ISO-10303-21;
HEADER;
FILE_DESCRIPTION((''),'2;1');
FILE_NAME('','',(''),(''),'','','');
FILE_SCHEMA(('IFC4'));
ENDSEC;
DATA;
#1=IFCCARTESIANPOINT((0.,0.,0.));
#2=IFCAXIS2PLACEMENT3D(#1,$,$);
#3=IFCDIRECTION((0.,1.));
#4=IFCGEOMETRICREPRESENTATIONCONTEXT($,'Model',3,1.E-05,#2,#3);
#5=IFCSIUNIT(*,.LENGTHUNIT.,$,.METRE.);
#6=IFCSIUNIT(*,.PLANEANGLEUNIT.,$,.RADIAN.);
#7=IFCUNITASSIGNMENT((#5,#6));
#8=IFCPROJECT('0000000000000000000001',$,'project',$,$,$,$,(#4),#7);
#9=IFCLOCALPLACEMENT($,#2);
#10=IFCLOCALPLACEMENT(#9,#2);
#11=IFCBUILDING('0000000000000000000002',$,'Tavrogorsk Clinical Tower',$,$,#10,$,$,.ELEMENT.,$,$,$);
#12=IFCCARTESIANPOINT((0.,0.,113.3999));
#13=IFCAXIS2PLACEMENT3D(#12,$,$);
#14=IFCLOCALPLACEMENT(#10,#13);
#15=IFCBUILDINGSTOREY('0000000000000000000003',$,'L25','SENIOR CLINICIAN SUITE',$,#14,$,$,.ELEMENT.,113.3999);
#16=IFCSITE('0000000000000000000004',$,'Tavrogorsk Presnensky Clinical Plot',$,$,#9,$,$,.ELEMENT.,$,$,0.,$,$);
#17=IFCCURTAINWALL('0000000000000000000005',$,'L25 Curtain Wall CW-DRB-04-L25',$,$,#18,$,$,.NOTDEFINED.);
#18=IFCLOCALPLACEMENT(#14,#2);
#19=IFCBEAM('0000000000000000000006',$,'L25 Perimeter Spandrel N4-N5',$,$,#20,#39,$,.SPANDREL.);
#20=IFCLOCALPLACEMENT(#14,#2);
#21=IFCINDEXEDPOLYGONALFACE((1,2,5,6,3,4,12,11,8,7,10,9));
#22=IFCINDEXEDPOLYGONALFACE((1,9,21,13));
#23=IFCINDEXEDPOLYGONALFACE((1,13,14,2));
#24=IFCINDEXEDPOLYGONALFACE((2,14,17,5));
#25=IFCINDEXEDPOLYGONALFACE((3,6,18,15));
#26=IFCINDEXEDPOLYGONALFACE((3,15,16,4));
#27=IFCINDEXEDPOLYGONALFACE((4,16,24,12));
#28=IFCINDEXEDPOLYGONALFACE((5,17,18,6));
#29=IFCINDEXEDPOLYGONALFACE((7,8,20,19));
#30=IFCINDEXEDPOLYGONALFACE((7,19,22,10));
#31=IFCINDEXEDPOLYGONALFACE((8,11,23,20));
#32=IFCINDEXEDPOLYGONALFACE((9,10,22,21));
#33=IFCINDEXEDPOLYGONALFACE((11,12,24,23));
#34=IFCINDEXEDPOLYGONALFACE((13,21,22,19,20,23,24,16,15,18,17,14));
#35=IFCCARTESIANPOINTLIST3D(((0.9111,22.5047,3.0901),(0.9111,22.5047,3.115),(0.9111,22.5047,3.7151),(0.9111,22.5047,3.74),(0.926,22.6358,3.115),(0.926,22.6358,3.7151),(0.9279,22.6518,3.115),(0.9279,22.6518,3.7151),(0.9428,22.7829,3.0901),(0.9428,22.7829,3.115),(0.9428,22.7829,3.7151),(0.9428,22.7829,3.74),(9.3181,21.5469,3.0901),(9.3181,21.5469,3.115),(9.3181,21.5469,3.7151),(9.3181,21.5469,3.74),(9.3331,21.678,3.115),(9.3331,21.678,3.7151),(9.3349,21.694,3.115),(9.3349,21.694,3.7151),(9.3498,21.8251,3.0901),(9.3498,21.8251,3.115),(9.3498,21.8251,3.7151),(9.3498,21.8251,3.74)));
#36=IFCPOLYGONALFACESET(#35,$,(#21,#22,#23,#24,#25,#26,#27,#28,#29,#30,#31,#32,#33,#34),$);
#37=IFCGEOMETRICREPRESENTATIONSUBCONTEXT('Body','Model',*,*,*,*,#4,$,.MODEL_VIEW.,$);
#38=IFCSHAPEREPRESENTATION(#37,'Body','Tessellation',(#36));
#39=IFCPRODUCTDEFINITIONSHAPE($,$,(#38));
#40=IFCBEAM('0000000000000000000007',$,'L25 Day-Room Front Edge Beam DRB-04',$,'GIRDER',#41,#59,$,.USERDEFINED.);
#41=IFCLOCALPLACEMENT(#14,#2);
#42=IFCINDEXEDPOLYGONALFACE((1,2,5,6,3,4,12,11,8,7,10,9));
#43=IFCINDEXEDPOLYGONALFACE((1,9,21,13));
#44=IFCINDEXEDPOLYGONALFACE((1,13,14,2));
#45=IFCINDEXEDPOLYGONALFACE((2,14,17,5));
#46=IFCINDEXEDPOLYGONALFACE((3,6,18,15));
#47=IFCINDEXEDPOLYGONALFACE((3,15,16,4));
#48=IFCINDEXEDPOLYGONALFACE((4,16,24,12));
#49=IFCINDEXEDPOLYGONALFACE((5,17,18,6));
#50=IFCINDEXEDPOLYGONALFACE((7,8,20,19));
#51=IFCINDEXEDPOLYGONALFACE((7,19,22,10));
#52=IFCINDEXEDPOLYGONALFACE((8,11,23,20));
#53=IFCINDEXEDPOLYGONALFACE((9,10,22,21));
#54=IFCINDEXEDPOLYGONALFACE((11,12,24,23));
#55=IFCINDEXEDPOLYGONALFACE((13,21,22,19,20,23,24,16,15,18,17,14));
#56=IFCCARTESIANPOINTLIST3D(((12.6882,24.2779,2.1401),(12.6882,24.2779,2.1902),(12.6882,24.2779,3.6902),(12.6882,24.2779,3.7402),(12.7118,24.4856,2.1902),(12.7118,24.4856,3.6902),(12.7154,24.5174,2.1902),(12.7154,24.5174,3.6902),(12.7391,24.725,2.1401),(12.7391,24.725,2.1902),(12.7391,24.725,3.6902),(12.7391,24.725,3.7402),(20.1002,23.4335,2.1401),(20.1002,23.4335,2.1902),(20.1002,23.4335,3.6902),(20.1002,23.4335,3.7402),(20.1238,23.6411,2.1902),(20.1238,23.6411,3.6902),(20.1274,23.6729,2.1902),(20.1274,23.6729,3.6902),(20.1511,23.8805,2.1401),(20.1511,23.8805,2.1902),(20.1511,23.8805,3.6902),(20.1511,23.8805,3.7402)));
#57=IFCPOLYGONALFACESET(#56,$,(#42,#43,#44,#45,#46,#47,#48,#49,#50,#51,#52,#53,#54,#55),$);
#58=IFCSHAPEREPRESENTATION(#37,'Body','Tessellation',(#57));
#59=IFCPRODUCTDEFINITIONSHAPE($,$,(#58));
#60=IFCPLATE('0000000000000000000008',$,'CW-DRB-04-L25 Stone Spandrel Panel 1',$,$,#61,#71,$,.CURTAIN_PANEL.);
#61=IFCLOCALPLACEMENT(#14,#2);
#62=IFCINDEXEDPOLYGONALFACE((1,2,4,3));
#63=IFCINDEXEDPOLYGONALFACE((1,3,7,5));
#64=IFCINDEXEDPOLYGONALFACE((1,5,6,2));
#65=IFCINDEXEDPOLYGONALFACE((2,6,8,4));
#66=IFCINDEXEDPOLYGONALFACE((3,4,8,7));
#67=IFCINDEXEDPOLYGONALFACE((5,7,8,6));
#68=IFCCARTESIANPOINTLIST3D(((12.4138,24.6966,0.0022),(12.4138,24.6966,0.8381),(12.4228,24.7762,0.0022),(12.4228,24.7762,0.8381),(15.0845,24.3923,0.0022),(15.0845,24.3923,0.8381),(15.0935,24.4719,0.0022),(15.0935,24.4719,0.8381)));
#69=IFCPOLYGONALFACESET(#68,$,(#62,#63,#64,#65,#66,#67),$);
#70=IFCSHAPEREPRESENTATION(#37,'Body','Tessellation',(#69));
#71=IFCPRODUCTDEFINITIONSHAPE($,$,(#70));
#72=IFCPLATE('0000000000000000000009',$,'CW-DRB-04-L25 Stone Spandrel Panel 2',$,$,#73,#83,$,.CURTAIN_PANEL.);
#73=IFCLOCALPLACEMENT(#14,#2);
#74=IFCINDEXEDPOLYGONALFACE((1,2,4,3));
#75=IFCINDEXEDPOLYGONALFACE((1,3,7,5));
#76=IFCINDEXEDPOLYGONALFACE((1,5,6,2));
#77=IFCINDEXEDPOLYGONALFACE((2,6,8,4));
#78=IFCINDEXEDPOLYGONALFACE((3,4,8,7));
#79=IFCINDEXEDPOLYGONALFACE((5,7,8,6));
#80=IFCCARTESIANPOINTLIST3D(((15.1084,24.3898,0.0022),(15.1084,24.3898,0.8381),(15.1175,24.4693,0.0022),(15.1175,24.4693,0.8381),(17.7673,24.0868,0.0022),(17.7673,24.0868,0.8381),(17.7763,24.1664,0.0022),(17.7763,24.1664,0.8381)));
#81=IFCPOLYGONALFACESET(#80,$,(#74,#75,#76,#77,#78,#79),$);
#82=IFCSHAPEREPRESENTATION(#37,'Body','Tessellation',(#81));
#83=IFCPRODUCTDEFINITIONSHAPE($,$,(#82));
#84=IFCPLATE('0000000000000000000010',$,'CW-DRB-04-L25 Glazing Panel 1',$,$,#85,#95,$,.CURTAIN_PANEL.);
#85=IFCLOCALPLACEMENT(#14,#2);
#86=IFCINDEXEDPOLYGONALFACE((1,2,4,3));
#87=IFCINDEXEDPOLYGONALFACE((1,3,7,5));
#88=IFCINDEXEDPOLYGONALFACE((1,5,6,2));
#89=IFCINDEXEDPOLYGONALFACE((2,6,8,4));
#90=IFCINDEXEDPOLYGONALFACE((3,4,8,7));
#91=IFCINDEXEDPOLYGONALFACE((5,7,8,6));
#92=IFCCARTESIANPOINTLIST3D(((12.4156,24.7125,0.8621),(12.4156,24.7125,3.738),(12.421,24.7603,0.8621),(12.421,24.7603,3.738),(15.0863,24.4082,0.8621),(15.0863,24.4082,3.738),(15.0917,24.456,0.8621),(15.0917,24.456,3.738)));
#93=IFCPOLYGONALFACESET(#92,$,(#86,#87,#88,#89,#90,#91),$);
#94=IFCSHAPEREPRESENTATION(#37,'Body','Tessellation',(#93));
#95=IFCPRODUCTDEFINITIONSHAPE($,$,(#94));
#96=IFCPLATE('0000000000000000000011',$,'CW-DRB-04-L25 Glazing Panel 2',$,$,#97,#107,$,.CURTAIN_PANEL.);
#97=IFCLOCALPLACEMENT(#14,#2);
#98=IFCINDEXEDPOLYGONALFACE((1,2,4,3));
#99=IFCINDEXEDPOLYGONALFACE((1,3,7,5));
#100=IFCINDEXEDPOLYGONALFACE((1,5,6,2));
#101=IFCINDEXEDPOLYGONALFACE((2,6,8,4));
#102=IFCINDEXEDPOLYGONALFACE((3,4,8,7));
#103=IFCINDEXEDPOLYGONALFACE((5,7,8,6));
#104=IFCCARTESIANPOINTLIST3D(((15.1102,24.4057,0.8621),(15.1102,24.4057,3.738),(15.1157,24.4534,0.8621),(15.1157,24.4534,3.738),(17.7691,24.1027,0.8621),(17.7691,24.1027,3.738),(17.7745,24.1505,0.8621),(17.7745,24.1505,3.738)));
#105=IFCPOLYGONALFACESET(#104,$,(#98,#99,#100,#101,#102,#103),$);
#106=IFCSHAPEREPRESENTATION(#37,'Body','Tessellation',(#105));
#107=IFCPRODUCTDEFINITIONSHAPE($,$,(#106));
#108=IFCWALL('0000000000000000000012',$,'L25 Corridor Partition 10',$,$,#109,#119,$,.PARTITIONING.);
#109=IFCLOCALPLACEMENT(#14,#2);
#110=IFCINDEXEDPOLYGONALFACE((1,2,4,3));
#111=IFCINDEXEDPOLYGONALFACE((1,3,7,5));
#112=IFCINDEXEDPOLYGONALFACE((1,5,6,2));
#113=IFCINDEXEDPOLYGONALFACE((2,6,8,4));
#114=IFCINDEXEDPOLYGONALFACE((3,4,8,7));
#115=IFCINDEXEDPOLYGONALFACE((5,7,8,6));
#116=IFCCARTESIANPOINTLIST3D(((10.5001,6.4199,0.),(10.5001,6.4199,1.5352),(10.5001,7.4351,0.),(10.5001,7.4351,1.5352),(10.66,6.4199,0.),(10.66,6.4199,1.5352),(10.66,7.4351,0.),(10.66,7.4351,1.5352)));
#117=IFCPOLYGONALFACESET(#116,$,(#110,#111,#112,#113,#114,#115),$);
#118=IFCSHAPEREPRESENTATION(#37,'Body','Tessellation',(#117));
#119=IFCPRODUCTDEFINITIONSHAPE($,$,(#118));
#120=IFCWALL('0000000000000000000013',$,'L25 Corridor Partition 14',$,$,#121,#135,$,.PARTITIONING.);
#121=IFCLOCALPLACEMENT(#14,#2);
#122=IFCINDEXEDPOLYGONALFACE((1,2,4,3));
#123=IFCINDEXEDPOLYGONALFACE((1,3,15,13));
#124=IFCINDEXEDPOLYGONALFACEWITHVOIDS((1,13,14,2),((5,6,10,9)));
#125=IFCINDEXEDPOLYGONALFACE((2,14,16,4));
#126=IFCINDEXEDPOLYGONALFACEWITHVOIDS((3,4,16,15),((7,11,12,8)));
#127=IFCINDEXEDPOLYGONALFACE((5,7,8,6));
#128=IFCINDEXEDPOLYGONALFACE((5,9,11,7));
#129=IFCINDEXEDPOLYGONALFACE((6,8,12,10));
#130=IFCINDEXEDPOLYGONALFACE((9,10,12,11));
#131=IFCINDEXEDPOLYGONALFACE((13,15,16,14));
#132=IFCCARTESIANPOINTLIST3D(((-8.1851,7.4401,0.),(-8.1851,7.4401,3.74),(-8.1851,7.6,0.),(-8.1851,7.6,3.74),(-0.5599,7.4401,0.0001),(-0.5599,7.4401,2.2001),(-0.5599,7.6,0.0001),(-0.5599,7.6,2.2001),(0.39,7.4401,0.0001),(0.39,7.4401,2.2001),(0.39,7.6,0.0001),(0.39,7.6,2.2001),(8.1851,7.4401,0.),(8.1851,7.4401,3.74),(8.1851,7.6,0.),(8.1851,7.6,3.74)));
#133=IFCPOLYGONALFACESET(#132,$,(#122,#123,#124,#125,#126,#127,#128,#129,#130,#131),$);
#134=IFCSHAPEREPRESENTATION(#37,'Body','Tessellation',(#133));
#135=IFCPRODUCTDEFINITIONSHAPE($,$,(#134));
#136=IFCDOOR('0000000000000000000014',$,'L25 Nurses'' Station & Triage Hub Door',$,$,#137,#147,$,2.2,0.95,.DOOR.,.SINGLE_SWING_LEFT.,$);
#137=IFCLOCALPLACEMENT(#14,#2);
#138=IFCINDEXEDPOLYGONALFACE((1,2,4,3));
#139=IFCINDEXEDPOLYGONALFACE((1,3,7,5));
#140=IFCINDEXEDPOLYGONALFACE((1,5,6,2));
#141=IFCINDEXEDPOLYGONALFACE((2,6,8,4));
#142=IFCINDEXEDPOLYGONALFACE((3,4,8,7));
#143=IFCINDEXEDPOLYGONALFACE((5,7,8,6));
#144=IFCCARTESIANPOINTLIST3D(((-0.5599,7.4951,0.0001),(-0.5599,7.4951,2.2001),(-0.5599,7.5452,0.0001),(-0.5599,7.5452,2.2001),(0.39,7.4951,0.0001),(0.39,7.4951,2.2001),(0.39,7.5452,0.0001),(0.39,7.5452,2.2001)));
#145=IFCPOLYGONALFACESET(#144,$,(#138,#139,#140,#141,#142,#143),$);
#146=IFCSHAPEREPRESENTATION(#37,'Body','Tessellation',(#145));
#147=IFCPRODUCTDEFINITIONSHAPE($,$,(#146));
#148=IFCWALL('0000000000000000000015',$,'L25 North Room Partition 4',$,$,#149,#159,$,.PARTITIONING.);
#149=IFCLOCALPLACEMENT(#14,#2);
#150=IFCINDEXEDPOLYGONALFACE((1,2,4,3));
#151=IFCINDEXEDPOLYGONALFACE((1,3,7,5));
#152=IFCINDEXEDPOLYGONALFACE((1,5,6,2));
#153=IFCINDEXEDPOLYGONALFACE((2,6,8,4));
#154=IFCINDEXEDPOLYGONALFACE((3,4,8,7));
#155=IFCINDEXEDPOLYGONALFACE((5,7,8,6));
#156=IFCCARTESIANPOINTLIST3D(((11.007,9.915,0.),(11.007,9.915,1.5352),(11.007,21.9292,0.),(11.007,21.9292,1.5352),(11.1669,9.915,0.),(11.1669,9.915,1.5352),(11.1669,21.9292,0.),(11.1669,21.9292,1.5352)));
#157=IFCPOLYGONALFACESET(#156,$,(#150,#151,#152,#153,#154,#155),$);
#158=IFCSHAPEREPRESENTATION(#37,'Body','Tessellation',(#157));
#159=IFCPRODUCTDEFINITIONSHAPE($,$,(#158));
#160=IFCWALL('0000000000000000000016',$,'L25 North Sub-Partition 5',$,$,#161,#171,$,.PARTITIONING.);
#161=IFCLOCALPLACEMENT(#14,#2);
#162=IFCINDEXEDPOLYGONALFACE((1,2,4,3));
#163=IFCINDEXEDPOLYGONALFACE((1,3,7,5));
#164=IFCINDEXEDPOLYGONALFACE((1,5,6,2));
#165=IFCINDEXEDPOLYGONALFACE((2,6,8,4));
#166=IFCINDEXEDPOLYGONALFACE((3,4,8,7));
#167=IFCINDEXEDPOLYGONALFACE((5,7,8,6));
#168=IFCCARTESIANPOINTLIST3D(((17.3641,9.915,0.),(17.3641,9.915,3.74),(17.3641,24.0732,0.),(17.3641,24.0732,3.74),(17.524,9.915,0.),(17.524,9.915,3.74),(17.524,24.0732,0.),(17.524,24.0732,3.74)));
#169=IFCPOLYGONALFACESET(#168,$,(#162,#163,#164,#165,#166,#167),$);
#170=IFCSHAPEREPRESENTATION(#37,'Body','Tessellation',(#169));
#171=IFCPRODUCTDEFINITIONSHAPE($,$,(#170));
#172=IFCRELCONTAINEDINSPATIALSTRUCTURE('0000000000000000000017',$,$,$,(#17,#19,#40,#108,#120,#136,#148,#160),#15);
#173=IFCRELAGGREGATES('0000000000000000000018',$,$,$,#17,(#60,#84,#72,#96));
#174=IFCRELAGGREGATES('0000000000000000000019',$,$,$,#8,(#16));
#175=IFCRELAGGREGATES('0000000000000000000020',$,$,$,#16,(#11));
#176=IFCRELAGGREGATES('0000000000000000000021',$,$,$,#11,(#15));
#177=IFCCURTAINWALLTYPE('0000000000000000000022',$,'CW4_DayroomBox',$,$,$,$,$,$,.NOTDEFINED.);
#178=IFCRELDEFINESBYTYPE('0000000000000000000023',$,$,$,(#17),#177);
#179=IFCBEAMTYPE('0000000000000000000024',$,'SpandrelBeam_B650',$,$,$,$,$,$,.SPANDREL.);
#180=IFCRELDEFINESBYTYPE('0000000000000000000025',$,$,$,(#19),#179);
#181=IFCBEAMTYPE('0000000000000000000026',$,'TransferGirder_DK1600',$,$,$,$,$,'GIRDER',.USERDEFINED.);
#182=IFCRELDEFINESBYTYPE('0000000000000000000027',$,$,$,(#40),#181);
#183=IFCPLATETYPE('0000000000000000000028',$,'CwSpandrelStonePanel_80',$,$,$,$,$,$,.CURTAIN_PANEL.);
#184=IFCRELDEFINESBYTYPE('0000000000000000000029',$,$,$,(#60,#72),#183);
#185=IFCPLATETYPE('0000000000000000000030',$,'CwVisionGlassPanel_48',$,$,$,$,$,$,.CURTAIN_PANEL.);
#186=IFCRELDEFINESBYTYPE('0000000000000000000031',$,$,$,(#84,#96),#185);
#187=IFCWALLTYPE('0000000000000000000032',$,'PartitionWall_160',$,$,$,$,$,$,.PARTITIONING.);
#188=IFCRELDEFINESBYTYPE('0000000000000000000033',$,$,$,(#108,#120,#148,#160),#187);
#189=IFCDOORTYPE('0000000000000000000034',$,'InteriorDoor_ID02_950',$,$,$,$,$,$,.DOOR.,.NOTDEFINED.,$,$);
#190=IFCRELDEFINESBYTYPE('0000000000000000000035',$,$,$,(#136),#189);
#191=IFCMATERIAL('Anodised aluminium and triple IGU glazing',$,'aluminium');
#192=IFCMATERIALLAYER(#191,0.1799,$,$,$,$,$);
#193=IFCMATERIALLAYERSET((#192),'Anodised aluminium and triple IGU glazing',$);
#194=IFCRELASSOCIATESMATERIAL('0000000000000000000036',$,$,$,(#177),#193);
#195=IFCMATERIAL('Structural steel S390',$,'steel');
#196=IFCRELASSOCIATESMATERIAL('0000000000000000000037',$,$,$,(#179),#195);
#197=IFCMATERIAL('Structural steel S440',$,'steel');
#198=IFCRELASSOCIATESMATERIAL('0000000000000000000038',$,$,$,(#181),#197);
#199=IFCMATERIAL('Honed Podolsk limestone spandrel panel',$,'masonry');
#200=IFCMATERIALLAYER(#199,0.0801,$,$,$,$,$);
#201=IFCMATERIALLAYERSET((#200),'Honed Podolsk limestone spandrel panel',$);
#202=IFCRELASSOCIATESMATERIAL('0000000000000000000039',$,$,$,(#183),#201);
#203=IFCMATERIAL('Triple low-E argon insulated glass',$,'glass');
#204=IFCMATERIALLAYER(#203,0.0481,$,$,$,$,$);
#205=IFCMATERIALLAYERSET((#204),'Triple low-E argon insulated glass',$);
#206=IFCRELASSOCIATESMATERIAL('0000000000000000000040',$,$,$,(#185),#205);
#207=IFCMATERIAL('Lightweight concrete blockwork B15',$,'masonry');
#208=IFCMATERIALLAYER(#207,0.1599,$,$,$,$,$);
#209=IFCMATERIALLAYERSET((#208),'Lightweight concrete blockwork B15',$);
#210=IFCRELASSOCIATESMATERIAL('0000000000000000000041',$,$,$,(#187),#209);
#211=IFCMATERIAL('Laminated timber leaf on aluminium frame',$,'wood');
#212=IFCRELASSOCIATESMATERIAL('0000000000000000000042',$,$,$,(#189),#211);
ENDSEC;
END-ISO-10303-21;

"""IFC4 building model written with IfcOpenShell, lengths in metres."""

from ifc_helpers import new_model, si_unit, direction, frame, frame_2d, origin, origin_2d, place, context, subcontext, project, spatial, rectangle, i_section, extrude, material, layer, layer_set, material_profile, profile_set, type_object, element, fill, aggregate, save


model = new_model("IFC4")

# Units and contexts
model_context = context("Model", 3, precision=1e-05, world=origin(), true_north=direction((0.0, 1.0)))
body_context = subcontext(model_context, "Body", "Model", "MODEL_VIEW")
ifc_project = project(units=[si_unit("LENGTHUNIT", "METRE"), si_unit("PLANEANGLEUNIT", "RADIAN")], contexts=[model_context])

# Site, building, storey
site_placement = place(None, origin())
site = spatial("IfcSite", under=ifc_project, at=site_placement, Name="Tavrogorsk Presnensky Clinical Plot", CompositionType="ELEMENT", RefElevation=0.0)
building_placement = place(site_placement, origin())
building = spatial("IfcBuilding", under=site, at=building_placement, Name="Tavrogorsk Clinical Tower", CompositionType="ELEMENT")
storey_placement = place(building_placement, frame((0.0, 0.0, 113.3999)))
storey = spatial("IfcBuildingStorey", under=building, at=storey_placement, Name="L25", Description="SENIOR CLINICIAN SUITE", CompositionType="ELEMENT", Elevation=113.3999)

# Curtain wall
ifc_material_1 = material(Name="Anodised aluminium and triple IGU glazing", Category="aluminium")
ifc_layer_1 = layer(ifc_material_1, 0.1799)
ifc_layer_set_1 = layer_set([ifc_layer_1], Name="Anodised aluminium and triple IGU glazing")
curtain_wall_type = type_object("IfcCurtainWallType", Name="CW4_DayroomBox", PredefinedType="NOTDEFINED", material=ifc_layer_set_1)
curtain_wall_placement = place(storey_placement, origin())
curtain_wall = element("IfcCurtainWall", 1, at=curtain_wall_placement, inside=storey, type_object=curtain_wall_type, Name="L25 Curtain Wall CW-DRB-04-L25", PredefinedType="NOTDEFINED")

# Beams
ifc_material_2 = material(Name="Structural steel S390", Category="steel")
ifc_material_profile_1 = material_profile(ifc_material_2, i_section(OverallWidth=0.28, OverallDepth=0.6499, WebThickness=0.0161, FlangeThickness=0.0249, at=origin_2d()), Name="B-650x280x16x25")
ifc_profile_set_1 = profile_set([ifc_material_profile_1], Name="Structural steel S390")
beam_type_1 = type_object("IfcBeamType", Name="SpandrelBeam_B650", PredefinedType="SPANDREL", material=ifc_profile_set_1)
beam_1_placement = place(storey_placement, frame((9.334, 21.686, 3.415), z_axis=(-0.993573, 0.113193, 0.0), x_axis=(-0.113193, -0.993573, 0.0)))
element("IfcBeam", 2, at=beam_1_placement, inside=storey, type_object=beam_type_1, Name="L25 Perimeter Spandrel N4-N5", PredefinedType="SPANDREL", context=body_context, shape_type="SweptSolid", body=[
    extrude(i_section(OverallWidth=0.28, OverallDepth=0.6499, WebThickness=0.0161, FlangeThickness=0.0249, at=origin_2d()), origin(), (0.0, 0.0, 1.0), 8.4614),
])
ifc_material_3 = material(Name="Structural steel S440", Category="steel")
ifc_material_profile_2 = material_profile(ifc_material_3, i_section(OverallWidth=0.45, OverallDepth=1.6001, WebThickness=0.032, FlangeThickness=0.05, at=origin_2d()), Name="DK-1600x450x32x50")
ifc_profile_set_2 = profile_set([ifc_material_profile_2], Name="Structural steel S440")
beam_type_2 = type_object("IfcBeamType", Name="TransferGirder_DK1600", ElementType="GIRDER", PredefinedType="USERDEFINED", material=ifc_profile_set_2)
beam_2_placement = place(storey_placement, frame((12.7136, 24.5015, 2.9402), z_axis=(0.993572, -0.1132, 0.0), x_axis=(0.1132, 0.993572, 0.0)))
element("IfcBeam", 3, at=beam_2_placement, inside=storey, type_object=beam_type_2, Name="L25 Day-Room Front Edge Beam DRB-04", ObjectType="GIRDER", PredefinedType="USERDEFINED", context=body_context, shape_type="SweptSolid", body=[
    extrude(i_section(OverallWidth=0.45, OverallDepth=1.6001, WebThickness=0.032, FlangeThickness=0.05, at=origin_2d()), origin(), (0.0, 0.0, 1.0), 7.46),
])

# Plates
ifc_material_4 = material(Name="Honed Podolsk limestone spandrel panel", Category="masonry")
ifc_layer_2 = layer(ifc_material_4, 0.0801)
ifc_layer_set_2 = layer_set([ifc_layer_2], Name="Honed Podolsk limestone spandrel panel")
plate_type_1 = type_object("IfcPlateType", Name="CwSpandrelStonePanel_80", PredefinedType="CURTAIN_PANEL", material=ifc_layer_set_2)
plate_1_placement = place(storey_placement, frame((13.7537, 24.5842, 0.0022), z_axis=(0.0, 0.0, 1.0), x_axis=(0.993572, -0.113203, 0.0)))
plate_1 = element("IfcPlate", 4, at=plate_1_placement, type_object=plate_type_1, Name="CW-DRB-04-L25 Stone Spandrel Panel 1", PredefinedType="CURTAIN_PANEL", context=body_context, shape_type="SweptSolid", body=[
    extrude(rectangle(XDim=2.688, YDim=0.0801, at=origin_2d()), origin(), (0.0, 0.0, 1.0), 0.8359),
])
plate_2_placement = place(storey_placement, frame((16.4424, 24.2781, 0.0022), z_axis=(0.0, 0.0, 1.0), x_axis=(0.993572, -0.113203, 0.0)))
plate_2 = element("IfcPlate", 5, at=plate_2_placement, type_object=plate_type_1, Name="CW-DRB-04-L25 Stone Spandrel Panel 2", PredefinedType="CURTAIN_PANEL", context=body_context, shape_type="SweptSolid", body=[
    extrude(rectangle(XDim=2.676, YDim=0.0801, at=origin_2d()), origin(), (0.0, 0.0, 1.0), 0.8359),
])
ifc_material_5 = material(Name="Triple low-E argon insulated glass", Category="glass")
ifc_layer_3 = layer(ifc_material_5, 0.0481)
ifc_layer_set_3 = layer_set([ifc_layer_3], Name="Triple low-E argon insulated glass")
plate_type_2 = type_object("IfcPlateType", Name="CwVisionGlassPanel_48", PredefinedType="CURTAIN_PANEL", material=ifc_layer_set_3)
plate_3_placement = place(storey_placement, frame((13.7537, 24.5842, 0.8621), z_axis=(0.0, 0.0, 1.0), x_axis=(0.993572, -0.113203, 0.0)))
plate_3 = element("IfcPlate", 6, at=plate_3_placement, type_object=plate_type_2, Name="CW-DRB-04-L25 Glazing Panel 1", PredefinedType="CURTAIN_PANEL", context=body_context, shape_type="SweptSolid", body=[
    extrude(rectangle(XDim=2.688, YDim=0.0481, at=origin_2d()), origin(), (0.0, 0.0, 1.0), 2.876),
])
plate_4_placement = place(storey_placement, frame((16.4424, 24.2781, 0.8621), z_axis=(0.0, 0.0, 1.0), x_axis=(0.993572, -0.113203, 0.0)))
plate_4 = element("IfcPlate", 7, at=plate_4_placement, type_object=plate_type_2, Name="CW-DRB-04-L25 Glazing Panel 2", PredefinedType="CURTAIN_PANEL", context=body_context, shape_type="SweptSolid", body=[
    extrude(rectangle(XDim=2.676, YDim=0.0481, at=origin_2d()), origin(), (0.0, 0.0, 1.0), 2.876),
])
aggregate(curtain_wall, [plate_1, plate_3, plate_2, plate_4])

# Wall
ifc_material_6 = material(Name="Lightweight concrete blockwork B15", Category="masonry")
ifc_layer_4 = layer(ifc_material_6, 0.1599)
ifc_layer_set_4 = layer_set([ifc_layer_4], Name="Lightweight concrete blockwork B15")
wall_type_1 = type_object("IfcWallType", Name="PartitionWall_160", PredefinedType="PARTITIONING", material=ifc_layer_set_4)
wall_1_placement = place(storey_placement, frame((10.5801, 7.4351, 0.0), z_axis=(0.0, 0.0, 1.0), x_axis=(0.0, -1.0, 0.0)))
element("IfcWall", 8, at=wall_1_placement, inside=storey, type_object=wall_type_1, Name="L25 Corridor Partition 10", PredefinedType="PARTITIONING", context=body_context, shape_type="SweptSolid", body=[
    extrude(rectangle(XDim=1.0151, YDim=0.1599, at=frame_2d((0.5076, 0.0))), origin(), (0.0, 0.0, 1.0), 1.5352),
])

# Wall, opening, door
wall_2_placement = place(storey_placement, frame((8.1851, 7.52, 0.0), z_axis=(0.0, 0.0, 1.0), x_axis=(-1.0, 0.0, 0.0)))
wall_2 = element("IfcWall", 9, at=wall_2_placement, inside=storey, type_object=wall_type_1, Name="L25 Corridor Partition 14", PredefinedType="PARTITIONING", context=body_context, shape_type="SweptSolid", body=[
    extrude(rectangle(XDim=16.3701, YDim=0.1599, at=frame_2d((8.1851, 0.0))), origin(), (0.0, 0.0, 1.0), 3.74),
])
opening_1_placement = place(wall_2_placement, frame((7.7949, 0.0, 0.0)))
opening_1 = element("IfcOpeningElement", 10, at=opening_1_placement, cuts=wall_2, PredefinedType="OPENING", context=body_context, shape_type="SweptSolid", body=[
    extrude(rectangle(XDim=0.95, YDim=2.2, at=frame_2d((0.4751, 1.1001))), frame((0.0, 0.0898, 0.0), z_axis=(0.0, -1.0, 0.0), x_axis=(1.0, 0.0, 0.0)), (0.0, 0.0, 1.0), 0.1799),
])
ifc_material_7 = material(Name="Laminated timber leaf on aluminium frame", Category="wood")
door_type = type_object("IfcDoorType", Name="InteriorDoor_ID02_950", OperationType="NOTDEFINED", PredefinedType="DOOR", material=ifc_material_7)
door_placement = place(opening_1_placement, origin())
door = element("IfcDoor", 11, at=door_placement, inside=storey, type_object=door_type, Name="L25 Nurses' Station & Triage Hub Door", OperationType="SINGLE_SWING_LEFT", OverallHeight=2.2, OverallWidth=0.95, PredefinedType="DOOR", context=body_context, shape_type="SweptSolid", body=[
    extrude(rectangle(XDim=0.95, YDim=2.2, at=frame_2d((0.4751, 1.1001))), frame((0.0, 0.0249, 0.0), z_axis=(0.0, -1.0, 0.0), x_axis=(1.0, 0.0, 0.0)), (0.0, 0.0, 1.0), 0.05),
])
fill(opening_1, door)

# Walls
wall_3_placement = place(storey_placement, frame((11.0869, 9.915, 0.0), z_axis=(0.0, 0.0, 1.0), x_axis=(0.0, 1.0, 0.0)))
element("IfcWall", 12, at=wall_3_placement, inside=storey, type_object=wall_type_1, Name="L25 North Room Partition 4", PredefinedType="PARTITIONING", context=body_context, shape_type="SweptSolid", body=[
    extrude(rectangle(XDim=12.0142, YDim=0.1599, at=frame_2d((6.0071, 0.0))), origin(), (0.0, 0.0, 1.0), 1.5352),
])
wall_4_placement = place(storey_placement, frame((17.4441, 9.915, 0.0), z_axis=(0.0, 0.0, 1.0), x_axis=(0.0, 1.0, 0.0)))
element("IfcWall", 13, at=wall_4_placement, inside=storey, type_object=wall_type_1, Name="L25 North Sub-Partition 5", PredefinedType="PARTITIONING", context=body_context, shape_type="SweptSolid", body=[
    extrude(rectangle(XDim=14.1582, YDim=0.1599, at=frame_2d((7.0791, 0.0))), origin(), (0.0, 0.0, 1.0), 3.74),
])

save(model, "model.ifc")
